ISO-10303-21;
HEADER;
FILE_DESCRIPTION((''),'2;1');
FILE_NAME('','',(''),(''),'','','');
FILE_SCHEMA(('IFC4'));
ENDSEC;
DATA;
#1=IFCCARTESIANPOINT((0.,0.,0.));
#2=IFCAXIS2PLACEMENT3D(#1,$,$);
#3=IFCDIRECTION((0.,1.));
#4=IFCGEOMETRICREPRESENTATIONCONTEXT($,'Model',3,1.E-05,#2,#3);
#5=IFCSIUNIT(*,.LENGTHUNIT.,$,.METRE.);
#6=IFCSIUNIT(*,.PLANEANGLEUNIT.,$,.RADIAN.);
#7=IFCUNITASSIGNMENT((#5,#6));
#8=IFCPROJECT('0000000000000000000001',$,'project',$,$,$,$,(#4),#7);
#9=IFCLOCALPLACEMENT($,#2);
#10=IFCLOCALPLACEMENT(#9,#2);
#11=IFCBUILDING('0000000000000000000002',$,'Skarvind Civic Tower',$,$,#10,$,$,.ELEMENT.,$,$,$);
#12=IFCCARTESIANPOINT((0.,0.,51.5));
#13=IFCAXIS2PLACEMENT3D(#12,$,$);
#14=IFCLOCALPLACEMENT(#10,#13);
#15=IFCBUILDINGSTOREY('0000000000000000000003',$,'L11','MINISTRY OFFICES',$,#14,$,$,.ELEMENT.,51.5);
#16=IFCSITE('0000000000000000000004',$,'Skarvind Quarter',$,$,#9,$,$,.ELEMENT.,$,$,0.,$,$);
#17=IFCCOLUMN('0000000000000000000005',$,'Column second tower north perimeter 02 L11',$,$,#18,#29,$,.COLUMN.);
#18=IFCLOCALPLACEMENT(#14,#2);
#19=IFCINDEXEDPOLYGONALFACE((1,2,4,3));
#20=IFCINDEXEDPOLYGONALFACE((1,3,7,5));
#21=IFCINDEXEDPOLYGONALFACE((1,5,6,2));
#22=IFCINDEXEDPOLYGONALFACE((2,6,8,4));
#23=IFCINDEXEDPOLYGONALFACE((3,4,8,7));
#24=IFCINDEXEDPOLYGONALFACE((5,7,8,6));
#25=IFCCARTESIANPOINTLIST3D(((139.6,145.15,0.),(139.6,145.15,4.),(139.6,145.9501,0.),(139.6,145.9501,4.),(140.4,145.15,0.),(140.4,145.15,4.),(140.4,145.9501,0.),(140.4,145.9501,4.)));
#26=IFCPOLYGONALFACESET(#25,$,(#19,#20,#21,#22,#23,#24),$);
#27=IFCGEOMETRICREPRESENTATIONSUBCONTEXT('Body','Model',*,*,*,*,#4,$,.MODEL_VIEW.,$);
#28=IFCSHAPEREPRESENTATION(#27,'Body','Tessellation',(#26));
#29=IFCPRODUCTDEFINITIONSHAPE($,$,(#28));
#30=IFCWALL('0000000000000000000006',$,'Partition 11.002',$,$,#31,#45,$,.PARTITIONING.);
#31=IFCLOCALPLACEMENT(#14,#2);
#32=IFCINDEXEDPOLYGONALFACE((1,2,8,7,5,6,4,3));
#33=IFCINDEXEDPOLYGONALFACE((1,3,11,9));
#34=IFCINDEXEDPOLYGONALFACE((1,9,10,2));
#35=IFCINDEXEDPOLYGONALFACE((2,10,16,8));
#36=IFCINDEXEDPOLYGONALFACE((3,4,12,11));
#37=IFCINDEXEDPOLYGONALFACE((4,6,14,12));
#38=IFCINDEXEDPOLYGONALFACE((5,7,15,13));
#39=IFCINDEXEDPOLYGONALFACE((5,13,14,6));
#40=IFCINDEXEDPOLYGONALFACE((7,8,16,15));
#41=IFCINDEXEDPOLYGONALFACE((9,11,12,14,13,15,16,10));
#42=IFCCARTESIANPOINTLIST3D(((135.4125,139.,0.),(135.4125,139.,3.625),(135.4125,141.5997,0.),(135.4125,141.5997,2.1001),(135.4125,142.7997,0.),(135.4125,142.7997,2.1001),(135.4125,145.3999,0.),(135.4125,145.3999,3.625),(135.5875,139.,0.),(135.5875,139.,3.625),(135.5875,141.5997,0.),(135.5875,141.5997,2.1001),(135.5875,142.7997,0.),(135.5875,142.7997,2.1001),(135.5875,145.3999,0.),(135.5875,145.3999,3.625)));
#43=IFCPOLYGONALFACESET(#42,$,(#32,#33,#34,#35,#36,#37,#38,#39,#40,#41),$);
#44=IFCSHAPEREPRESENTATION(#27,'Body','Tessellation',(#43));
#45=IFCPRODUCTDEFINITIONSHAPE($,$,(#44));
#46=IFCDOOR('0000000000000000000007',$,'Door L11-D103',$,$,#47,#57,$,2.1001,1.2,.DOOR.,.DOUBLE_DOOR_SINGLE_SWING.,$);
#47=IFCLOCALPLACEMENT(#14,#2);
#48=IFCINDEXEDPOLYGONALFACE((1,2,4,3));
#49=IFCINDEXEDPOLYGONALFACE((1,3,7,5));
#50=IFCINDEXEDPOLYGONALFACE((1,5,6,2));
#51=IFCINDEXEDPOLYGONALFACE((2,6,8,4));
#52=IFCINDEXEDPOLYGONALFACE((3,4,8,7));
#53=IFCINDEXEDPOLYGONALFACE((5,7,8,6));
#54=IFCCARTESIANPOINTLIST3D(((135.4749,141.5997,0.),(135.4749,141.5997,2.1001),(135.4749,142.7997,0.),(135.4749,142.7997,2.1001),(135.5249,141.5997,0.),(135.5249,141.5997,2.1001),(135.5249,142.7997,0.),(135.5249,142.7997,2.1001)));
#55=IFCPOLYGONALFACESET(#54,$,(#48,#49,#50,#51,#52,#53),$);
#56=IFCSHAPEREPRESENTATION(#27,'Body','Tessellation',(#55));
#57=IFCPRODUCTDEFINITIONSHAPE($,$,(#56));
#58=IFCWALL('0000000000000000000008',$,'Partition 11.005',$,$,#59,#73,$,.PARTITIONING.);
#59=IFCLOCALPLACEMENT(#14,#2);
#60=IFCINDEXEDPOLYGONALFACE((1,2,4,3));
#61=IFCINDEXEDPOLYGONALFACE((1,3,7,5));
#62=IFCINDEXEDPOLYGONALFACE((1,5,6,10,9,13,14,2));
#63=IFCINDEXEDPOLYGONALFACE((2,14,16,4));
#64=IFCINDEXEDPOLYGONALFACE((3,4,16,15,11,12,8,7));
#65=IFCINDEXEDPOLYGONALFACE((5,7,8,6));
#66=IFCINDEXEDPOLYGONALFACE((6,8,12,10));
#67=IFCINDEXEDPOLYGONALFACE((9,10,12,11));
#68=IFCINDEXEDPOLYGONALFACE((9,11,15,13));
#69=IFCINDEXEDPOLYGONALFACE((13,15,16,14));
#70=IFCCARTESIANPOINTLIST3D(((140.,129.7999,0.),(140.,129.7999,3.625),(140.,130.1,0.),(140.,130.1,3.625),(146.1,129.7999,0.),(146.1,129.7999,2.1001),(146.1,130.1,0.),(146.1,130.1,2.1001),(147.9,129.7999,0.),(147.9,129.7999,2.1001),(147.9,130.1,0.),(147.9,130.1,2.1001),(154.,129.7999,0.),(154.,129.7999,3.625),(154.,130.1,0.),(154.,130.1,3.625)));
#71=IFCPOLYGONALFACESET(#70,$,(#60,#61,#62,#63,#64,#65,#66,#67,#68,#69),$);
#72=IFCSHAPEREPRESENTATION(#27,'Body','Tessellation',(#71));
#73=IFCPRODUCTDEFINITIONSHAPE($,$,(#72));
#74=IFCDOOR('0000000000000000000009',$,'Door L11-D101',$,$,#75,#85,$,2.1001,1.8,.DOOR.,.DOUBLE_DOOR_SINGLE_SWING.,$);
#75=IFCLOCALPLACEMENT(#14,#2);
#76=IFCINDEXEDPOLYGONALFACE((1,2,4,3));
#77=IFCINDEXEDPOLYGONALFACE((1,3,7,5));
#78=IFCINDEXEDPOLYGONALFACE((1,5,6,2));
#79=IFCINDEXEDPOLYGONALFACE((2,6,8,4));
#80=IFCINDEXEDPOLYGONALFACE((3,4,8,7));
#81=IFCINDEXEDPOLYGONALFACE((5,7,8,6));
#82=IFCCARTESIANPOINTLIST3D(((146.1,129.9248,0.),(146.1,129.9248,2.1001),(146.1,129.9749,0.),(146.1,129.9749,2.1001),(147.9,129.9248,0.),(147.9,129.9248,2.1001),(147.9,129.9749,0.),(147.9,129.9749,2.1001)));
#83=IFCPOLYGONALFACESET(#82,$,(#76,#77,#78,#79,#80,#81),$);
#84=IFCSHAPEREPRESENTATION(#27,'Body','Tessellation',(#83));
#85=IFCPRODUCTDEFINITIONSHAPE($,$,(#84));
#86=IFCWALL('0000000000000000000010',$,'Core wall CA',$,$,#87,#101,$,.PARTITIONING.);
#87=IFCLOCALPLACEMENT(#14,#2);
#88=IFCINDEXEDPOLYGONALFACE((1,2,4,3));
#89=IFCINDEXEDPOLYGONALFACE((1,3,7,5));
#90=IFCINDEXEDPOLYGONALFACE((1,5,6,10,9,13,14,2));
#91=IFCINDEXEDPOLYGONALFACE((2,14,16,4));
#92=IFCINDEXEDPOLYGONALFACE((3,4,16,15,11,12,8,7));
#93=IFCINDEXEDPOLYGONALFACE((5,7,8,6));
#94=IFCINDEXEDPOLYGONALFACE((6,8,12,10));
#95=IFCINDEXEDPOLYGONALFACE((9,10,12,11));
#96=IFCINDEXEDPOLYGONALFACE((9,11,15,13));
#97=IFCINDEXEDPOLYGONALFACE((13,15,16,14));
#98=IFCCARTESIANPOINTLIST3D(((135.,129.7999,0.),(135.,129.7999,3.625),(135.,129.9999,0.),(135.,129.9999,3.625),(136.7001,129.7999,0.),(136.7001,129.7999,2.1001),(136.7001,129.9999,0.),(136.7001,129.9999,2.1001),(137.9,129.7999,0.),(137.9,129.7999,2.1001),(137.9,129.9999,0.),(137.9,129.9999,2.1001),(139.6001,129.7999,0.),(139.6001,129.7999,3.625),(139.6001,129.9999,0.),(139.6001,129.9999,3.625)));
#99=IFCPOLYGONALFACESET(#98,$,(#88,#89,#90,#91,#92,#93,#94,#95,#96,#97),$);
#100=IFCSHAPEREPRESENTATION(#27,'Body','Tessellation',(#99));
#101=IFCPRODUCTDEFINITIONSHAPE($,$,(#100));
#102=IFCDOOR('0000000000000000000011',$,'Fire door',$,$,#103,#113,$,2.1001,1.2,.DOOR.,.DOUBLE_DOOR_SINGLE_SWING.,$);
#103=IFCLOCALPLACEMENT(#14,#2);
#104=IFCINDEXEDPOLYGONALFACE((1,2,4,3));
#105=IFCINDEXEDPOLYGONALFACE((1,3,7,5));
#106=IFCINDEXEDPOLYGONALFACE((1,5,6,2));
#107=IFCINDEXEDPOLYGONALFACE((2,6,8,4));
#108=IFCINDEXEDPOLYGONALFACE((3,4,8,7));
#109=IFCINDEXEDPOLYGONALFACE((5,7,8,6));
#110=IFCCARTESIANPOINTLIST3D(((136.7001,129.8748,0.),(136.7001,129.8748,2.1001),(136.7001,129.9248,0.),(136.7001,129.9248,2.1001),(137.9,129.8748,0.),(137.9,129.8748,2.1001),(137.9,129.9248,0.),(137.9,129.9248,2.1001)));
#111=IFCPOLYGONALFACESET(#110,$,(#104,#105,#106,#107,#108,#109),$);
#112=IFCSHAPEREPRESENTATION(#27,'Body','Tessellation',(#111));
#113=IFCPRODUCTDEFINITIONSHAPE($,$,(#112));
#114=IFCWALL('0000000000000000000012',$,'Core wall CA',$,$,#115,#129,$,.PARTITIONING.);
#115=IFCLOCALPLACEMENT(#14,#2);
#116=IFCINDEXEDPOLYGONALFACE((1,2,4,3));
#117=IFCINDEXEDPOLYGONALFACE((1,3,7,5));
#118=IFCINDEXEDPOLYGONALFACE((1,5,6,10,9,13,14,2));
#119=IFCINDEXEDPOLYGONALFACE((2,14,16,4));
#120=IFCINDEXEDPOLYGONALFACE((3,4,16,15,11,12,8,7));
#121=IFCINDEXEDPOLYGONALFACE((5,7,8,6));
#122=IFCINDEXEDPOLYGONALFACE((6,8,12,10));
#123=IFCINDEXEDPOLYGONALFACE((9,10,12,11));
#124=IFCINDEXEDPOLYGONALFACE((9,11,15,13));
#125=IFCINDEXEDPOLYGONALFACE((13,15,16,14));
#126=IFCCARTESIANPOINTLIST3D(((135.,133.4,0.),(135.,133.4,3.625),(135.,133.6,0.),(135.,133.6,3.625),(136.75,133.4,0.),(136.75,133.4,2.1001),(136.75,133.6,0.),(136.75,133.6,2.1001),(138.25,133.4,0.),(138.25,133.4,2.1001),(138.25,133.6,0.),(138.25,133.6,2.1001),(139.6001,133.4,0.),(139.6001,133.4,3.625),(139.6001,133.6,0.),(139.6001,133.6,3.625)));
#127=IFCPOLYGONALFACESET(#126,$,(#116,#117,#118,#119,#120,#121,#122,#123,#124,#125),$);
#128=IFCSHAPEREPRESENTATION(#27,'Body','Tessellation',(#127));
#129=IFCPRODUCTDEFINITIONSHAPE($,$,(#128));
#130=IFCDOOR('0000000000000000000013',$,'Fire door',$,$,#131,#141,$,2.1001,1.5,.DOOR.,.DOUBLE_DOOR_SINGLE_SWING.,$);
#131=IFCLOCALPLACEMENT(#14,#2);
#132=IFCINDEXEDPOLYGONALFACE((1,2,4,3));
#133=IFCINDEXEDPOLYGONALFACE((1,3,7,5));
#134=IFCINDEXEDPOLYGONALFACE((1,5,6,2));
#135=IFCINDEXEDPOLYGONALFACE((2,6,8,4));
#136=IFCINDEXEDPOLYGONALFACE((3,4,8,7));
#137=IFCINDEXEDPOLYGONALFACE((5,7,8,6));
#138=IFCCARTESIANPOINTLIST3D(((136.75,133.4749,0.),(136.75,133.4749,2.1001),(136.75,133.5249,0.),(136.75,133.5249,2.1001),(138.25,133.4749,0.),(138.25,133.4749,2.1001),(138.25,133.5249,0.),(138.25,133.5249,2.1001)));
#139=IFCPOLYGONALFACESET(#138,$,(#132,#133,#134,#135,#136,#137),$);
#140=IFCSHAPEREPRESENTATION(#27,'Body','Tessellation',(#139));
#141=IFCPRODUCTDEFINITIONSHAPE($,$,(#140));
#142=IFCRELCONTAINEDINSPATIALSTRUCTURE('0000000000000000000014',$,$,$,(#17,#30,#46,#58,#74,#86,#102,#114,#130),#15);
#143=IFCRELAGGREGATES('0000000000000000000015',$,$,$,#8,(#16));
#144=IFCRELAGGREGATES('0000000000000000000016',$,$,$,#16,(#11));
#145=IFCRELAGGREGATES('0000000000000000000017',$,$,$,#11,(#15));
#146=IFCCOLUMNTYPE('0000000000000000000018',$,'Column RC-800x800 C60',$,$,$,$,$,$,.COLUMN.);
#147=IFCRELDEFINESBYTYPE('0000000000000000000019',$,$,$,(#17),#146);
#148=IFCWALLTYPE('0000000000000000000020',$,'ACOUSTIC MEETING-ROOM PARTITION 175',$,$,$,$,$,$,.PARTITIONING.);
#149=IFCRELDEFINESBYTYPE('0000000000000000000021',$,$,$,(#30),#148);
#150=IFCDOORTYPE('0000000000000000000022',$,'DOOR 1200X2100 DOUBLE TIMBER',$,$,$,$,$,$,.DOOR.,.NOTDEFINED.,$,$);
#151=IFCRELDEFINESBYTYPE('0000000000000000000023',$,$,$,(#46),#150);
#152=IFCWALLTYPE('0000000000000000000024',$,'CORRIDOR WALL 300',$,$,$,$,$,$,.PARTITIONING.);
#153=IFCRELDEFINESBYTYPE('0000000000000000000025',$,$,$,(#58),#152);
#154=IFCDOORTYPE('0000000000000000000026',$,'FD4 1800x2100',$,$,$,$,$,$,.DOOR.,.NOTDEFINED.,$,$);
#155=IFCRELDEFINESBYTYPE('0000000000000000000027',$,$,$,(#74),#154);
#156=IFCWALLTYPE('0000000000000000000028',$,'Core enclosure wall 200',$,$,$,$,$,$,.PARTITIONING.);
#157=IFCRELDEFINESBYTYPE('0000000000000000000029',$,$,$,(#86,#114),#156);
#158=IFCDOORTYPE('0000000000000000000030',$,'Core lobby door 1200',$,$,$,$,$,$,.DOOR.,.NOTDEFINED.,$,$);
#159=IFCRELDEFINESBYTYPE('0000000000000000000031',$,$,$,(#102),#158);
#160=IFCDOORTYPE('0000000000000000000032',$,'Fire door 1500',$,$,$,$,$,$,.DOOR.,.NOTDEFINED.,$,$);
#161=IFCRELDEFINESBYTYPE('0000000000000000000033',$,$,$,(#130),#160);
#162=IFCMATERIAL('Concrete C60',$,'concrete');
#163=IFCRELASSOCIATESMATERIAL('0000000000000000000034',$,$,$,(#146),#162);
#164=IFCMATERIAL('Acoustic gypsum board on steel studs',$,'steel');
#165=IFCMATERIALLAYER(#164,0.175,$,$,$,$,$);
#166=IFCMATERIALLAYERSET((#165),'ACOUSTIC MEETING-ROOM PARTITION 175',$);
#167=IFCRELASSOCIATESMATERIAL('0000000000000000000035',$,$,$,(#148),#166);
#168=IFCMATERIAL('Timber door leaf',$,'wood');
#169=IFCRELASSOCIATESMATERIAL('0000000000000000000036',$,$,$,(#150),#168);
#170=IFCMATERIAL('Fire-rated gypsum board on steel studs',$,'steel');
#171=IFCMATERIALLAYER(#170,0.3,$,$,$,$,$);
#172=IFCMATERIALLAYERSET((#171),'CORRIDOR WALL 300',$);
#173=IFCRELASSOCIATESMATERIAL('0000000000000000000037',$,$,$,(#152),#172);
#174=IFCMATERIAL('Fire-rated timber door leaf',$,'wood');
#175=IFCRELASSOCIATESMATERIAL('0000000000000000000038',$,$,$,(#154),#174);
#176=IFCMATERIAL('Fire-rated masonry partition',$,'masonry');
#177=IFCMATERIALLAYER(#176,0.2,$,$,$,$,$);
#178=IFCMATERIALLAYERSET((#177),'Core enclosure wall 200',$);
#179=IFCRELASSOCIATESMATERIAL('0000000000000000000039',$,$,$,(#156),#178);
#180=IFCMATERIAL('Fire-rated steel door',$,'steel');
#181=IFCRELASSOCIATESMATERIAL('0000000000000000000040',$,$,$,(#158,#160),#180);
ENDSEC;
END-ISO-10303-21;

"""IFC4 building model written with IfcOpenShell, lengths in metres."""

from ifc_helpers import new_model, si_unit, direction, frame, frame_2d, origin, origin_2d, place, context, subcontext, project, spatial, rectangle, extrude, material, layer, layer_set, material_profile, profile_set, type_object, element, fill, save


model = new_model("IFC4")

# Units and contexts
model_context = context("Model", 3, precision=1e-05, world=origin(), true_north=direction((0.0, 1.0)))
body_context = subcontext(model_context, "Body", "Model", "MODEL_VIEW")
ifc_project = project(units=[si_unit("LENGTHUNIT", "METRE"), si_unit("PLANEANGLEUNIT", "RADIAN")], contexts=[model_context])

# Site, building, storey
site_placement = place(None, origin())
site = spatial("IfcSite", under=ifc_project, at=site_placement, Name="Skarvind Quarter", CompositionType="ELEMENT", RefElevation=0.0)
building_placement = place(site_placement, origin())
building = spatial("IfcBuilding", under=site, at=building_placement, Name="Skarvind Civic Tower", CompositionType="ELEMENT")
storey_placement = place(building_placement, frame((0.0, 0.0, 51.5)))
storey = spatial("IfcBuildingStorey", under=building, at=storey_placement, Name="L11", Description="MINISTRY OFFICES", CompositionType="ELEMENT", Elevation=51.5)

# Column
ifc_material_1 = material(Name="Concrete C60", Category="concrete")
ifc_material_profile = material_profile(ifc_material_1, rectangle(XDim=0.8, YDim=0.8, at=origin_2d()), Name="RC-800x800")
ifc_profile_set = profile_set([ifc_material_profile], Name="Concrete C60")
column_type = type_object("IfcColumnType", Name="Column RC-800x800 C60", PredefinedType="COLUMN", material=ifc_profile_set)
column_placement = place(storey_placement, frame((140.0, 145.55, 0.0), z_axis=(0.0, 0.0, 1.0), x_axis=(1.0, 0.0, 0.0)))
element("IfcColumn", 1, at=column_placement, inside=storey, type_object=column_type, Name="Column second tower north perimeter 02 L11", PredefinedType="COLUMN", context=body_context, shape_type="SweptSolid", body=[
    extrude(rectangle(XDim=0.8, YDim=0.8, at=origin_2d()), origin(), (0.0, 0.0, 1.0), 4.0),
])

# Walls, openings, doors
ifc_material_2 = material(Name="Acoustic gypsum board on steel studs", Category="steel")
ifc_layer_1 = layer(ifc_material_2, 0.175)
ifc_layer_set_1 = layer_set([ifc_layer_1], Name="ACOUSTIC MEETING-ROOM PARTITION 175")
wall_type_1 = type_object("IfcWallType", Name="ACOUSTIC MEETING-ROOM PARTITION 175", PredefinedType="PARTITIONING", material=ifc_layer_set_1)
wall_1_placement = place(storey_placement, frame((135.5, 145.3999, 0.0), z_axis=(0.0, 0.0, 1.0), x_axis=(0.0, -1.0, 0.0)))
wall_1 = element("IfcWall", 2, at=wall_1_placement, inside=storey, type_object=wall_type_1, Name="Partition 11.002", PredefinedType="PARTITIONING", context=body_context, shape_type="SweptSolid", body=[
    extrude(rectangle(XDim=6.3999, YDim=0.175, at=frame_2d((3.2, 0.0))), origin(), (0.0, 0.0, 1.0), 3.625),
])
opening_1_placement = place(wall_1_placement, frame((2.6001, 0.0, 0.0)))
opening_1 = element("IfcOpeningElement", 3, at=opening_1_placement, cuts=wall_1, PredefinedType="OPENING", context=body_context, shape_type="SweptSolid", body=[
    extrude(rectangle(XDim=1.2, YDim=2.1001, at=frame_2d((0.6001, 1.05))), frame((0.0, 0.0974, 0.0), z_axis=(0.0, -1.0, 0.0), x_axis=(1.0, 0.0, 0.0)), (0.0, 0.0, 1.0), 0.1951),
])
ifc_material_3 = material(Name="Timber door leaf", Category="wood")
door_type_1 = type_object("IfcDoorType", Name="DOOR 1200X2100 DOUBLE TIMBER", OperationType="NOTDEFINED", PredefinedType="DOOR", material=ifc_material_3)
door_1_placement = place(opening_1_placement, origin())
door_1 = element("IfcDoor", 4, at=door_1_placement, inside=storey, type_object=door_type_1, Name="Door L11-D103", OperationType="DOUBLE_DOOR_SINGLE_SWING", OverallHeight=2.1001, OverallWidth=1.2, PredefinedType="DOOR", context=body_context, shape_type="SweptSolid", body=[
    extrude(rectangle(XDim=1.2, YDim=2.1001, at=frame_2d((0.6001, 1.05))), frame((0.0, 0.0249, 0.0), z_axis=(0.0, -1.0, 0.0), x_axis=(1.0, 0.0, 0.0)), (0.0, 0.0, 1.0), 0.05),
])
fill(opening_1, door_1)
ifc_material_4 = material(Name="Fire-rated gypsum board on steel studs", Category="steel")
ifc_layer_2 = layer(ifc_material_4, 0.3)
ifc_layer_set_2 = layer_set([ifc_layer_2], Name="CORRIDOR WALL 300")
wall_type_2 = type_object("IfcWallType", Name="CORRIDOR WALL 300", PredefinedType="PARTITIONING", material=ifc_layer_set_2)
wall_2_placement = place(storey_placement, frame((140.0, 129.95, 0.0), z_axis=(0.0, 0.0, 1.0), x_axis=(1.0, 0.0, 0.0)))
wall_2 = element("IfcWall", 5, at=wall_2_placement, inside=storey, type_object=wall_type_2, Name="Partition 11.005", PredefinedType="PARTITIONING", context=body_context, shape_type="SweptSolid", body=[
    extrude(rectangle(XDim=14.0, YDim=0.3, at=frame_2d((7.0, 0.0))), origin(), (0.0, 0.0, 1.0), 3.625),
])
opening_2_placement = place(wall_2_placement, frame((6.1001, 0.0, 0.0)))
opening_2 = element("IfcOpeningElement", 6, at=opening_2_placement, cuts=wall_2, PredefinedType="OPENING", context=body_context, shape_type="SweptSolid", body=[
    extrude(rectangle(XDim=1.8, YDim=2.1001, at=frame_2d((0.8999, 1.05))), frame((0.0, 0.1599, 0.0), z_axis=(0.0, -1.0, 0.0), x_axis=(1.0, 0.0, 0.0)), (0.0, 0.0, 1.0), 0.3201),
])
ifc_material_5 = material(Name="Fire-rated timber door leaf", Category="wood")
door_type_2 = type_object("IfcDoorType", Name="FD4 1800x2100", OperationType="NOTDEFINED", PredefinedType="DOOR", material=ifc_material_5)
door_2_placement = place(opening_2_placement, origin())
door_2 = element("IfcDoor", 7, at=door_2_placement, inside=storey, type_object=door_type_2, Name="Door L11-D101", OperationType="DOUBLE_DOOR_SINGLE_SWING", OverallHeight=2.1001, OverallWidth=1.8, PredefinedType="DOOR", context=body_context, shape_type="SweptSolid", body=[
    extrude(rectangle(XDim=1.8, YDim=2.1001, at=frame_2d((0.8999, 1.05))), frame((0.0, 0.0249, 0.0), z_axis=(0.0, -1.0, 0.0), x_axis=(1.0, 0.0, 0.0)), (0.0, 0.0, 1.0), 0.05),
])
fill(opening_2, door_2)
ifc_material_6 = material(Name="Fire-rated masonry partition", Category="masonry")
ifc_layer_3 = layer(ifc_material_6, 0.2)
ifc_layer_set_3 = layer_set([ifc_layer_3], Name="Core enclosure wall 200")
wall_type_3 = type_object("IfcWallType", Name="Core enclosure wall 200", PredefinedType="PARTITIONING", material=ifc_layer_set_3)
wall_3_placement = place(storey_placement, frame((135.0, 129.8999, 0.0), z_axis=(0.0, 0.0, 1.0), x_axis=(1.0, 0.0, 0.0)))
wall_3 = element("IfcWall", 8, at=wall_3_placement, inside=storey, type_object=wall_type_3, Name="Core wall CA", PredefinedType="PARTITIONING", context=body_context, shape_type="SweptSolid", body=[
    extrude(rectangle(XDim=4.6001, YDim=0.2, at=frame_2d((2.3, 0.0))), origin(), (0.0, 0.0, 1.0), 3.625),
])
opening_3_placement = place(wall_3_placement, frame((1.7, 0.0, 0.0)))
opening_3 = element("IfcOpeningElement", 9, at=opening_3_placement, cuts=wall_3, PredefinedType="OPENING", context=body_context, shape_type="SweptSolid", body=[
    extrude(rectangle(XDim=1.2, YDim=2.1001, at=frame_2d((0.6001, 1.05))), frame((0.0, 0.1099, 0.0), z_axis=(0.0, -1.0, 0.0), x_axis=(1.0, 0.0, 0.0)), (0.0, 0.0, 1.0), 0.22),
])
ifc_material_7 = material(Name="Fire-rated steel door", Category="steel")
door_type_3 = type_object("IfcDoorType", Name="Core lobby door 1200", OperationType="NOTDEFINED", PredefinedType="DOOR", material=ifc_material_7)
door_3_placement = place(opening_3_placement, origin())
door_3 = element("IfcDoor", 10, at=door_3_placement, inside=storey, type_object=door_type_3, Name="Fire door", OperationType="DOUBLE_DOOR_SINGLE_SWING", OverallHeight=2.1001, OverallWidth=1.2, PredefinedType="DOOR", context=body_context, shape_type="SweptSolid", body=[
    extrude(rectangle(XDim=1.2, YDim=2.1001, at=frame_2d((0.6001, 1.05))), frame((0.0, 0.0249, 0.0), z_axis=(0.0, -1.0, 0.0), x_axis=(1.0, 0.0, 0.0)), (0.0, 0.0, 1.0), 0.05),
])
fill(opening_3, door_3)
wall_4_placement = place(storey_placement, frame((135.0, 133.5, 0.0), z_axis=(0.0, 0.0, 1.0), x_axis=(1.0, 0.0, 0.0)))
wall_4 = element("IfcWall", 11, at=wall_4_placement, inside=storey, type_object=wall_type_3, Name="Core wall CA", PredefinedType="PARTITIONING", context=body_context, shape_type="SweptSolid", body=[
    extrude(rectangle(XDim=4.6001, YDim=0.2, at=frame_2d((2.3, 0.0))), origin(), (0.0, 0.0, 1.0), 3.625),
])
opening_4_placement = place(wall_4_placement, frame((1.75, 0.0, 0.0)))
opening_4 = element("IfcOpeningElement", 12, at=opening_4_placement, cuts=wall_4, PredefinedType="OPENING", context=body_context, shape_type="SweptSolid", body=[
    extrude(rectangle(XDim=1.5, YDim=2.1001, at=frame_2d((0.75, 1.05))), frame((0.0, 0.1099, 0.0), z_axis=(0.0, -1.0, 0.0), x_axis=(1.0, 0.0, 0.0)), (0.0, 0.0, 1.0), 0.22),
])
door_type_4 = type_object("IfcDoorType", Name="Fire door 1500", OperationType="NOTDEFINED", PredefinedType="DOOR", material=ifc_material_7)
door_4_placement = place(opening_4_placement, origin())
door_4 = element("IfcDoor", 13, at=door_4_placement, inside=storey, type_object=door_type_4, Name="Fire door", OperationType="DOUBLE_DOOR_SINGLE_SWING", OverallHeight=2.1001, OverallWidth=1.5, PredefinedType="DOOR", context=body_context, shape_type="SweptSolid", body=[
    extrude(rectangle(XDim=1.5, YDim=2.1001, at=frame_2d((0.75, 1.05))), frame((0.0, 0.0249, 0.0), z_axis=(0.0, -1.0, 0.0), x_axis=(1.0, 0.0, 0.0)), (0.0, 0.0, 1.0), 0.05),
])
fill(opening_4, door_4)

save(model, "model.ifc")
